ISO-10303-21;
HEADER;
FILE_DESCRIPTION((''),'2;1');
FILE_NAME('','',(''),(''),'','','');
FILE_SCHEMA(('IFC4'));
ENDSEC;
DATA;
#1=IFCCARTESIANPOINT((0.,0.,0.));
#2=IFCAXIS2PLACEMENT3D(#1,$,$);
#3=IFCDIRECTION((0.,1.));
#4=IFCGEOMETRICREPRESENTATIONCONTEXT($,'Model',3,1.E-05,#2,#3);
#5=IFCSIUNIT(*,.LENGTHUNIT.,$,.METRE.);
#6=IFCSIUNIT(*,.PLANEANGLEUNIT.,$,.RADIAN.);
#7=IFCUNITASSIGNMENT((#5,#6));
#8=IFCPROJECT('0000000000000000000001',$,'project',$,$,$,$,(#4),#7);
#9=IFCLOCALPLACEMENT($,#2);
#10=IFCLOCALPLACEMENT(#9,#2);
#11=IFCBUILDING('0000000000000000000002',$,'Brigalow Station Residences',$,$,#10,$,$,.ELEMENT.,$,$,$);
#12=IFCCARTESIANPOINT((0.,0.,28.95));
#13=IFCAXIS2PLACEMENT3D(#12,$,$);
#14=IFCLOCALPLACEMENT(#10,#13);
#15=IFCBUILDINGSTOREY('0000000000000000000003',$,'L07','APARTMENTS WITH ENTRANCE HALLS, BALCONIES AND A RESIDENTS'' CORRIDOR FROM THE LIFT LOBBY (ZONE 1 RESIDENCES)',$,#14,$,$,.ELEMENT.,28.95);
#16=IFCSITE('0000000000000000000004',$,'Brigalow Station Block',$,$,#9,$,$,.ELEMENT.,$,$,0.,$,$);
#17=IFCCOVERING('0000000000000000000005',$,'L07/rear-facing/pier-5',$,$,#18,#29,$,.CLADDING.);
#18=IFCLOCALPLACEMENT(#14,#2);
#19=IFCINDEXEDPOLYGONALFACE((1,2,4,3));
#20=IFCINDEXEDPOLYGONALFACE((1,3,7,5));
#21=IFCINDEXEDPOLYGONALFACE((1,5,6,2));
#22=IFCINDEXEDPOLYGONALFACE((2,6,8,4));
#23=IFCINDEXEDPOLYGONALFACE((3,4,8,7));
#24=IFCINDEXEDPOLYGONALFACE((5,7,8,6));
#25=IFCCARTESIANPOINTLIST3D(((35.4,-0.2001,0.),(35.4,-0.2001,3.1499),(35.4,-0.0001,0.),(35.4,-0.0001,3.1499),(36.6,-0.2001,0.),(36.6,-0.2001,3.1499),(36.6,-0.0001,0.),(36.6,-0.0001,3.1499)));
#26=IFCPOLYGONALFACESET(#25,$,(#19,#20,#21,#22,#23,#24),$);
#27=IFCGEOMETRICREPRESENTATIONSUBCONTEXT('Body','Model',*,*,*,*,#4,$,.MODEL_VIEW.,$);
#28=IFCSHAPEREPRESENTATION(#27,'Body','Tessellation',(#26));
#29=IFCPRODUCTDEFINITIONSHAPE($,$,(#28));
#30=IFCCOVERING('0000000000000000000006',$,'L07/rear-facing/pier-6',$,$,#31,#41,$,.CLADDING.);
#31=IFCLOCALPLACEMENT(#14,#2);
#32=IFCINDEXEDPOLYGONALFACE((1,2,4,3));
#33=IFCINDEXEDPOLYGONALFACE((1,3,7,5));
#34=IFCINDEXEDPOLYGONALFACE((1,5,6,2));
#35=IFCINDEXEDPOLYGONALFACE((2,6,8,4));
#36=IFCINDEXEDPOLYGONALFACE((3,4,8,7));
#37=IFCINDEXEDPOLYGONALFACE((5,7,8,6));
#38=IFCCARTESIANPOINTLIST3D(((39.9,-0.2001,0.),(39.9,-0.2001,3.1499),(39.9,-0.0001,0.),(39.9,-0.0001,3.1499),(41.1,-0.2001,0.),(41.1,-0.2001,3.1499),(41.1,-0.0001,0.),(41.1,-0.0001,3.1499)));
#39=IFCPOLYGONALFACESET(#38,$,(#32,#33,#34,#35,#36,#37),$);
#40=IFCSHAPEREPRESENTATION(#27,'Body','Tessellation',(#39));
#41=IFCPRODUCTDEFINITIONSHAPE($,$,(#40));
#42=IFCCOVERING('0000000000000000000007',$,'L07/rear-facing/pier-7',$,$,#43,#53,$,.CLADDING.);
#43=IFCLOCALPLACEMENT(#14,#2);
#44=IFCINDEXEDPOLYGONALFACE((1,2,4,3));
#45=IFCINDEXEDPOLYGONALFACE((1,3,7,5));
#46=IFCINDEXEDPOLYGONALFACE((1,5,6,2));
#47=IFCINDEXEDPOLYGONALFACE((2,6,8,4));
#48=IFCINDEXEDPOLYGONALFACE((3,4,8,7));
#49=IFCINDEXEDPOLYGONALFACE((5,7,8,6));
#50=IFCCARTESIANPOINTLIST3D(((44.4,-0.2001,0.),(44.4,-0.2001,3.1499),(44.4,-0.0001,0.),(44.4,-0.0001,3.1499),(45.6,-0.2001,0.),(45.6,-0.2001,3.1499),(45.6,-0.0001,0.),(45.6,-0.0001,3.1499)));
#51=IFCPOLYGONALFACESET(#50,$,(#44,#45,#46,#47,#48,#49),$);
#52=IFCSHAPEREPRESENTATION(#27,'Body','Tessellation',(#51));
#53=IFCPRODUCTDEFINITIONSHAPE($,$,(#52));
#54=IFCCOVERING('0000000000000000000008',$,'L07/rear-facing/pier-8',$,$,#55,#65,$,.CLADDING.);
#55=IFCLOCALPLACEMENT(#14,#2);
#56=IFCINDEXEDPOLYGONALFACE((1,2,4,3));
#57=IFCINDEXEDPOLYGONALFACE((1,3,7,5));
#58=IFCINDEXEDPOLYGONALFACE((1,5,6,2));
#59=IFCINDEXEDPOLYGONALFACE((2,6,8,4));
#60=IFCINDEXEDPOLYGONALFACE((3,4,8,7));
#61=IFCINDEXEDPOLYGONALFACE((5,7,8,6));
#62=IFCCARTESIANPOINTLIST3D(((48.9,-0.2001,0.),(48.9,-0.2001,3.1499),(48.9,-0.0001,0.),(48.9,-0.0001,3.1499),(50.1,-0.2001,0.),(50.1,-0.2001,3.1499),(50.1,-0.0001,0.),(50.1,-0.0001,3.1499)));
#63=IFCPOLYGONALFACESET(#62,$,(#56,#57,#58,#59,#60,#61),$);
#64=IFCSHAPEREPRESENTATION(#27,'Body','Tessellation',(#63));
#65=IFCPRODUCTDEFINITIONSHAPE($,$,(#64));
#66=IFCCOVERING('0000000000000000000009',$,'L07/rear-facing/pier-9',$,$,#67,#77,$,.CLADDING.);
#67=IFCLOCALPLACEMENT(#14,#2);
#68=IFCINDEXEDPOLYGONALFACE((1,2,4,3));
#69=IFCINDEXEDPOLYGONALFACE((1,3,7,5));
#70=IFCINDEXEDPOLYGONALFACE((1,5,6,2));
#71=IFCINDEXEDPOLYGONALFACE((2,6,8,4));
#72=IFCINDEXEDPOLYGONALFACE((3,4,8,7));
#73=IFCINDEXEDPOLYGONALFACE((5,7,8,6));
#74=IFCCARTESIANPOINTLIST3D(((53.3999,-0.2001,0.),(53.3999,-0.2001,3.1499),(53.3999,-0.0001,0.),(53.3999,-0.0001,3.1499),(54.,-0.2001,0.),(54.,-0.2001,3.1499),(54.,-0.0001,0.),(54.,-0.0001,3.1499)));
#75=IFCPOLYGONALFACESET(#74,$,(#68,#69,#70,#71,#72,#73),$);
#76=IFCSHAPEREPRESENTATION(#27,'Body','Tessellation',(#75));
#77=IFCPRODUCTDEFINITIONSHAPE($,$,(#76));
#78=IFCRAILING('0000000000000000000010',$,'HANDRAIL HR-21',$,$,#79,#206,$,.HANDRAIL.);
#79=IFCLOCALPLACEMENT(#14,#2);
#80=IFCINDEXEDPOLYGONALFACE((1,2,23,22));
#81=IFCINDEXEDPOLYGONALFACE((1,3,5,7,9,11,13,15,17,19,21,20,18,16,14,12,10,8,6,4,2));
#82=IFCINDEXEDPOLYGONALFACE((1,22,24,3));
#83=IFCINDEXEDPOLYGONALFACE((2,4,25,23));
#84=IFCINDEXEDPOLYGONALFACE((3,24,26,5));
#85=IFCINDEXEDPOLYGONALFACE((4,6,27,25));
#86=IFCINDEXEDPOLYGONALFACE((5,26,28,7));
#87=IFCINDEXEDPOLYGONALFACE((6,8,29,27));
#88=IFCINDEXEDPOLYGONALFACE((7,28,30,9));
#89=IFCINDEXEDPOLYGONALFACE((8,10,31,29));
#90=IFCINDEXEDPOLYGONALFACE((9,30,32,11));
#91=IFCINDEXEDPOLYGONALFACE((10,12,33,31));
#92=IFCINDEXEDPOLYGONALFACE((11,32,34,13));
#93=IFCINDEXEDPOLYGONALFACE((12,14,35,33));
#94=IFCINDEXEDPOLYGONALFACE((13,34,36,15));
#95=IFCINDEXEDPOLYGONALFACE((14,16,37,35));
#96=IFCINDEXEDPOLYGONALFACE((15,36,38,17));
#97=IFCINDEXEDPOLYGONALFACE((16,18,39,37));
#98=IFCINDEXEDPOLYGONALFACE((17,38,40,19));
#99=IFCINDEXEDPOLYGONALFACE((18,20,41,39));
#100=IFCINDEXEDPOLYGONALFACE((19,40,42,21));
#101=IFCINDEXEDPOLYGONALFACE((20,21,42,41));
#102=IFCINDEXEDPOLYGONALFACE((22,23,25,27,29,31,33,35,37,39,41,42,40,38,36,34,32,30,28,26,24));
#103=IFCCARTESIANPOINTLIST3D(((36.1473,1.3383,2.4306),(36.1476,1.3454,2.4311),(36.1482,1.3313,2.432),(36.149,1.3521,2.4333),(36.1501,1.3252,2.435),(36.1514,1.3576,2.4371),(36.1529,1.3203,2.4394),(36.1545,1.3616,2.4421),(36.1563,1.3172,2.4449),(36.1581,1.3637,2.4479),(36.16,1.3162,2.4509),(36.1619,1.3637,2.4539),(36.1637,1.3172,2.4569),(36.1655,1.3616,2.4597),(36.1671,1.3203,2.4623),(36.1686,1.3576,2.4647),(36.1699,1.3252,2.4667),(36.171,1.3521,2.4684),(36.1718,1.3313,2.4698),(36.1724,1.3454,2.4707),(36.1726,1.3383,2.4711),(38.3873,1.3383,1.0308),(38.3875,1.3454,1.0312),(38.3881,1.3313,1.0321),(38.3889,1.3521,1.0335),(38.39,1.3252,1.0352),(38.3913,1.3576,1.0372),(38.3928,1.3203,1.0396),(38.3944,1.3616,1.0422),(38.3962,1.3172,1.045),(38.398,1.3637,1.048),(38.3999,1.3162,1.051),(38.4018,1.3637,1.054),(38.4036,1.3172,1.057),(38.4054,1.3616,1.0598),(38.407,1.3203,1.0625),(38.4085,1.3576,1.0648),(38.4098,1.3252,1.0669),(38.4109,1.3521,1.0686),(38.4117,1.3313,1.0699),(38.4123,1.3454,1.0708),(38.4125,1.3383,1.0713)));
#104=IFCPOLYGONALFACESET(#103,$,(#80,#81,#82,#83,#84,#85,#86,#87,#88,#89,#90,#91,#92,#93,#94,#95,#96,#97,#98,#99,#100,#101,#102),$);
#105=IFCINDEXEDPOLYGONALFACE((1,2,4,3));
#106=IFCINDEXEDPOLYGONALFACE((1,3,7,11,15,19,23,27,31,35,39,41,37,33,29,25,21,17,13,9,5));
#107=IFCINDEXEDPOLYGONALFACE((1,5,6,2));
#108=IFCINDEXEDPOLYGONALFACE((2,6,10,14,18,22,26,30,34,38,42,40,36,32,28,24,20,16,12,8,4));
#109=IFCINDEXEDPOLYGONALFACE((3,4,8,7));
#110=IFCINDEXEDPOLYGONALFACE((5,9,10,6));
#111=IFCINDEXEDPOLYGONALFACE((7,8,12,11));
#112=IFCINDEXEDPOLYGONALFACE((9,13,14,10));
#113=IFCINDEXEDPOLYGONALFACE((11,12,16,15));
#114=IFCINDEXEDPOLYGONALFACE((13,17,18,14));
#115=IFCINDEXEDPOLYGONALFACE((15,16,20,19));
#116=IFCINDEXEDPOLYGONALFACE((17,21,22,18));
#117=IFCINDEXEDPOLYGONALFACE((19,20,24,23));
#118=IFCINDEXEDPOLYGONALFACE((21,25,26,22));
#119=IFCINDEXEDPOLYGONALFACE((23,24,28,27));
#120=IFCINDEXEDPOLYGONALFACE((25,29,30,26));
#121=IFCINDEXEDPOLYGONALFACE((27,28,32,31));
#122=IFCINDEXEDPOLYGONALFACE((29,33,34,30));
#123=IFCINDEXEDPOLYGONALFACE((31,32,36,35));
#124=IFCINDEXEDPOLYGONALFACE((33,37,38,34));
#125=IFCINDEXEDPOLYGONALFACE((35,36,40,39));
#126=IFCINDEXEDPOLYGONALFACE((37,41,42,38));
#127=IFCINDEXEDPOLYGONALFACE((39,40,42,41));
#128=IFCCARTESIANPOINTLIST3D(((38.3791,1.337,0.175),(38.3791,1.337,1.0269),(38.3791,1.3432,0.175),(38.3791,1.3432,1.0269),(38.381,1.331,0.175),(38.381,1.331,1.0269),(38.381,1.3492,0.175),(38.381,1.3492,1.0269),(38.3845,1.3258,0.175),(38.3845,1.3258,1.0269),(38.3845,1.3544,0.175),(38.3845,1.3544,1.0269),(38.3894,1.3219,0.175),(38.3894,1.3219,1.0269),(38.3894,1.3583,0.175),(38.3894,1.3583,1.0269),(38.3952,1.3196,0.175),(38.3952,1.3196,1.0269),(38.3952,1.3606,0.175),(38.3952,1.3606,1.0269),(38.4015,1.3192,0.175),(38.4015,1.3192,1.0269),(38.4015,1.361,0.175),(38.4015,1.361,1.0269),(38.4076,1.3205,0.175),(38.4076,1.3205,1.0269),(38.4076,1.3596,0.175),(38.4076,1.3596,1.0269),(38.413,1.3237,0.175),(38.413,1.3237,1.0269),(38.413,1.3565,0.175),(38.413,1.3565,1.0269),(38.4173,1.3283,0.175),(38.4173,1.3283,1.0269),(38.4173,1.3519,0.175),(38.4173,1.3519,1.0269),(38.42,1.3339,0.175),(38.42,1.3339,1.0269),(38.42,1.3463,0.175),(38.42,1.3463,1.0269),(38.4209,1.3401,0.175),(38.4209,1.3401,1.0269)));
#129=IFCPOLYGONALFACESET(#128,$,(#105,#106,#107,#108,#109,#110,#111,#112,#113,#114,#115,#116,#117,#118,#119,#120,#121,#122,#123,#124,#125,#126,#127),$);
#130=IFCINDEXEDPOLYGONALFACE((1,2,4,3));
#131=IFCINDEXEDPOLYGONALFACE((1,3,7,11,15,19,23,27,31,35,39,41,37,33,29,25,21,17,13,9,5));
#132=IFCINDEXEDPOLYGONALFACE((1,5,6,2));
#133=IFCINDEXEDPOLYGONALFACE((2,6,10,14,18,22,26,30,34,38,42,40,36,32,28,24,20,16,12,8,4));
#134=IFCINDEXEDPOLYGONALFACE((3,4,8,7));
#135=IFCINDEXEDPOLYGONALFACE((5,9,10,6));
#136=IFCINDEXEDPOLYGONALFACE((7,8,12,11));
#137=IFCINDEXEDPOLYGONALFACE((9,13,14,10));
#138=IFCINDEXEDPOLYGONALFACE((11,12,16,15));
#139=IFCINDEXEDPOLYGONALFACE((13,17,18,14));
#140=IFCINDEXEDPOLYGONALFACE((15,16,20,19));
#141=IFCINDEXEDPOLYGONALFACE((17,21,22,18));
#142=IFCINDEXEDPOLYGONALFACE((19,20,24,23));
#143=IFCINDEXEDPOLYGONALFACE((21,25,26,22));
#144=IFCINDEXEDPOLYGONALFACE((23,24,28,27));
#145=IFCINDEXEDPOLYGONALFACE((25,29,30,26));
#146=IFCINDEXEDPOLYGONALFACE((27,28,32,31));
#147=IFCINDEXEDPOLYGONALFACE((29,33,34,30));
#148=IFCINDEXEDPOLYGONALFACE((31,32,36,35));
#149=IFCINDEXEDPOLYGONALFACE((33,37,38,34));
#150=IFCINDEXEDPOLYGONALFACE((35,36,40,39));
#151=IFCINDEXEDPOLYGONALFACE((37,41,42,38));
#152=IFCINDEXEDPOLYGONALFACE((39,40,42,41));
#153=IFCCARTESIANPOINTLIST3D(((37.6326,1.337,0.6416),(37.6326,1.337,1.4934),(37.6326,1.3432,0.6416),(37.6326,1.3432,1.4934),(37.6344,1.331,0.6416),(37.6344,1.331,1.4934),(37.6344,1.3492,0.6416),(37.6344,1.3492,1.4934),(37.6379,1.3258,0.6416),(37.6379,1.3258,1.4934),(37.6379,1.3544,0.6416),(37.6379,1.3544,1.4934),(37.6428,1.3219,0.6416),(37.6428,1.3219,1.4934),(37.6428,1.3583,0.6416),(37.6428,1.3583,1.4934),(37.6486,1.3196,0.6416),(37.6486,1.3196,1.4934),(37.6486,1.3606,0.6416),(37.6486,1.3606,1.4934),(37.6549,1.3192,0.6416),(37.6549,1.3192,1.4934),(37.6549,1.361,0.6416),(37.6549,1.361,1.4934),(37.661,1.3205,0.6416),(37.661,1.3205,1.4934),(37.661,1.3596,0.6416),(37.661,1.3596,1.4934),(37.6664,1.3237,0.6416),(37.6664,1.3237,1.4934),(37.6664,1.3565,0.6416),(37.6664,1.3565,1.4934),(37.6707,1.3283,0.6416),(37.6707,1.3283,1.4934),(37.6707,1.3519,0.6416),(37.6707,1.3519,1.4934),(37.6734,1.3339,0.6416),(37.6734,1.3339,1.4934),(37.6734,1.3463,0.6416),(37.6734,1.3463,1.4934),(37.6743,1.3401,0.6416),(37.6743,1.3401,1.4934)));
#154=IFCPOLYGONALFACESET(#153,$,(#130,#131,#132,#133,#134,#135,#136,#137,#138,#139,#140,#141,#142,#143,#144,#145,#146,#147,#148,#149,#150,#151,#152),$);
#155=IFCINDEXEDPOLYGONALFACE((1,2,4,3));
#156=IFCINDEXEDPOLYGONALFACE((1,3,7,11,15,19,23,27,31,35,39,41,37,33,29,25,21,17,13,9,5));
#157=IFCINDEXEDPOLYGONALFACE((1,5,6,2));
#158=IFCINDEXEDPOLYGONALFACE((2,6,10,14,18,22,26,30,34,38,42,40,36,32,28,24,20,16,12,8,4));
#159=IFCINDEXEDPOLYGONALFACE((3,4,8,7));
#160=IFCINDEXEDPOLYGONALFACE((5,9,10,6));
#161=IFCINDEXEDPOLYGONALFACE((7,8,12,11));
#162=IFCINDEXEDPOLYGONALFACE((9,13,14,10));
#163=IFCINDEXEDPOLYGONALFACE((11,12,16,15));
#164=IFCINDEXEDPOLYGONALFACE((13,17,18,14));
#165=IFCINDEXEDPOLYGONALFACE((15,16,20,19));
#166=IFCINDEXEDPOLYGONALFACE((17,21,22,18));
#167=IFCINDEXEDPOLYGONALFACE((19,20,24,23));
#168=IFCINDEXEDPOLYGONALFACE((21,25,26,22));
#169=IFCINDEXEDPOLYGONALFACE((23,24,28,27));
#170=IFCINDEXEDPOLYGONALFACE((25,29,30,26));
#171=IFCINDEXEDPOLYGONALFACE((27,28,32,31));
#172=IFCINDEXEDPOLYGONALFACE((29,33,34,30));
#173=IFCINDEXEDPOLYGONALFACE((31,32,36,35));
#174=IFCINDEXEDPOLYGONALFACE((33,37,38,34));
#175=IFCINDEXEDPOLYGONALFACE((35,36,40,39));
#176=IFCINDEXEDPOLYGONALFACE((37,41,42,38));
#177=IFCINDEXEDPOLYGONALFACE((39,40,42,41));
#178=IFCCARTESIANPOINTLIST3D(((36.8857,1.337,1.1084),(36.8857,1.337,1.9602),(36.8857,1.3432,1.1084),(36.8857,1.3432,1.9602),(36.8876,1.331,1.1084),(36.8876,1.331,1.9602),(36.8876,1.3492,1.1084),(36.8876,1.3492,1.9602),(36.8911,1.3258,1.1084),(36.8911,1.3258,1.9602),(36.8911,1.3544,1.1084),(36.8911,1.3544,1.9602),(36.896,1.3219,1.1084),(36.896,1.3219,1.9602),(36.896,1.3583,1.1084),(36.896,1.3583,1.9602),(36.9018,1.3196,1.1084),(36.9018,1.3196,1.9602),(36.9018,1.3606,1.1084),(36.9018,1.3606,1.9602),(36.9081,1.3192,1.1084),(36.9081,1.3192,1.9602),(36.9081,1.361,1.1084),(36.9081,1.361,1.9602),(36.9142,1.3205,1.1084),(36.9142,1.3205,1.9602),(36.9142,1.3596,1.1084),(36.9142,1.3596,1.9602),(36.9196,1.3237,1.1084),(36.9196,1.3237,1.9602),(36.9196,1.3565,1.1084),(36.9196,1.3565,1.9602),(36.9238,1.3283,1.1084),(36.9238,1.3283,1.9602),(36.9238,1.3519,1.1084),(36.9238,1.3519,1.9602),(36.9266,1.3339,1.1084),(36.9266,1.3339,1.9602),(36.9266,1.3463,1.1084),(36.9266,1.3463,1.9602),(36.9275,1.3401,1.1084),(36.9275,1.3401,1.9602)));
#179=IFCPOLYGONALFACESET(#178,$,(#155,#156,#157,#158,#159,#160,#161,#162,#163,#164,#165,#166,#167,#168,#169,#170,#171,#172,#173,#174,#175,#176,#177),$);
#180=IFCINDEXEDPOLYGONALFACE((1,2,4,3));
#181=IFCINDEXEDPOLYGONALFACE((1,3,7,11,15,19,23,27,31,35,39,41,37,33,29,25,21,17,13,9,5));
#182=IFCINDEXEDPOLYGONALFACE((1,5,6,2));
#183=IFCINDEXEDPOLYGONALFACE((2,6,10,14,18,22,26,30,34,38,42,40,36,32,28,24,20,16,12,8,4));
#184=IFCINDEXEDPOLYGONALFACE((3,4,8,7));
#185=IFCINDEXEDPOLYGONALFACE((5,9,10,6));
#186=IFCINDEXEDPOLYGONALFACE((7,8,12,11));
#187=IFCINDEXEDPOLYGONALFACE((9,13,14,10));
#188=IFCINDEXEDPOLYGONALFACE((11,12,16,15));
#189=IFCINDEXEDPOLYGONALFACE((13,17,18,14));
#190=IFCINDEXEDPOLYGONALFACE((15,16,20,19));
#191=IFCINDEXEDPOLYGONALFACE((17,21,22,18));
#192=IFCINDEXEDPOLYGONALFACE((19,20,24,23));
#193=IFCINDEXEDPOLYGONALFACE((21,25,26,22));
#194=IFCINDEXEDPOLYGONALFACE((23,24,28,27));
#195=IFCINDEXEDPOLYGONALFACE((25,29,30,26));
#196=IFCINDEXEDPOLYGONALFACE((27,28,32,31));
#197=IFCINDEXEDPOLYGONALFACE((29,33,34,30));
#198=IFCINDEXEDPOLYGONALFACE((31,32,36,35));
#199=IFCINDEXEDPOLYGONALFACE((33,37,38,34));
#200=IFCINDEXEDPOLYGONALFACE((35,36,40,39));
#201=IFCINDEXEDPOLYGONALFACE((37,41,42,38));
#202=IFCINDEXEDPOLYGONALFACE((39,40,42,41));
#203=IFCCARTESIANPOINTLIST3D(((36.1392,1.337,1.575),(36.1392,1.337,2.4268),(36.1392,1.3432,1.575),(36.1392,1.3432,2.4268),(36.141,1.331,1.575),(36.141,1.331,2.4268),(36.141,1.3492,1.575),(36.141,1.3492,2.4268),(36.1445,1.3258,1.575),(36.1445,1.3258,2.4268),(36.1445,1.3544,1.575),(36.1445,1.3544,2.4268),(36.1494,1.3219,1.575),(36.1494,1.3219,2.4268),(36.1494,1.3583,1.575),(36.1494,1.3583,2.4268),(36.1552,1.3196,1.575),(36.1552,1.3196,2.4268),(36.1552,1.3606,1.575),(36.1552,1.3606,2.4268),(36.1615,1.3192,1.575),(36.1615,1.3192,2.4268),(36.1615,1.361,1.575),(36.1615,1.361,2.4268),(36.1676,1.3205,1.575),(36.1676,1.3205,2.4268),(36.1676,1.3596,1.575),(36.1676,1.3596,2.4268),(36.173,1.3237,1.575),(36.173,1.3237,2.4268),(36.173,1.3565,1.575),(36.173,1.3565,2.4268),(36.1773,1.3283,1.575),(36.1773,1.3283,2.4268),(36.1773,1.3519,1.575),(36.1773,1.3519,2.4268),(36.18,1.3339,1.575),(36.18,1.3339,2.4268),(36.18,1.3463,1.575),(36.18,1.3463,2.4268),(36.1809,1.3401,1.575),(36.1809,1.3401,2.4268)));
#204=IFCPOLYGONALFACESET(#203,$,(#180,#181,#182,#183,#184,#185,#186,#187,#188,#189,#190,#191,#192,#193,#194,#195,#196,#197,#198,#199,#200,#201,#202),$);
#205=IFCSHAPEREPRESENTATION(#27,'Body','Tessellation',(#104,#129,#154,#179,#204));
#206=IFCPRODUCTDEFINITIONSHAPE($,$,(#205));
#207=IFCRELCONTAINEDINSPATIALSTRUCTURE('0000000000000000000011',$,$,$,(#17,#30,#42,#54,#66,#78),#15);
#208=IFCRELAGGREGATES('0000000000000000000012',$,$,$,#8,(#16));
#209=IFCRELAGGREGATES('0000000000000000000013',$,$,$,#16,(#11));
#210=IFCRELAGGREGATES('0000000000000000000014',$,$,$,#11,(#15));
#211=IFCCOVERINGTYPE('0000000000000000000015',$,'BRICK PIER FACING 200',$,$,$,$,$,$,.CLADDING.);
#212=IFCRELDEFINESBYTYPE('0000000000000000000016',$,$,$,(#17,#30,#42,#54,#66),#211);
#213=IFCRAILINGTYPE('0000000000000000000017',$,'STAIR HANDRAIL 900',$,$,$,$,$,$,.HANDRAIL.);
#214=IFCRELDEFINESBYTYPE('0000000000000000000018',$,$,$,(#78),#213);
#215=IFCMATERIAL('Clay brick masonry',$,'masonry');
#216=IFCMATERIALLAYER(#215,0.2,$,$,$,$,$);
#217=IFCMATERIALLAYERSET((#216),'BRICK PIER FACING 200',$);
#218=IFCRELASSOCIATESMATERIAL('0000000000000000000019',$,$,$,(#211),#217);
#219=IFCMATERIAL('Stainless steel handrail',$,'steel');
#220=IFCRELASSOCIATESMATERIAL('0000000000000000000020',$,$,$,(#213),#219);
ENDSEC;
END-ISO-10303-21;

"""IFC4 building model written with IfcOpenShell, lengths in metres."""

from ifc_helpers import new_model, si_unit, direction, frame, origin, origin_2d, place, context, subcontext, project, spatial, rectangle, circle, extrude, material, layer, layer_set, type_object, element, save


model = new_model("IFC4")

# Units and contexts
model_context = context("Model", 3, precision=1e-05, world=origin(), true_north=direction((0.0, 1.0)))
body_context = subcontext(model_context, "Body", "Model", "MODEL_VIEW")
ifc_project = project(units=[si_unit("LENGTHUNIT", "METRE"), si_unit("PLANEANGLEUNIT", "RADIAN")], contexts=[model_context])

# Site, building, storey
site_placement = place(None, origin())
site = spatial("IfcSite", under=ifc_project, at=site_placement, Name="Brigalow Station Block", CompositionType="ELEMENT", RefElevation=0.0)
building_placement = place(site_placement, origin())
building = spatial("IfcBuilding", under=site, at=building_placement, Name="Brigalow Station Residences", CompositionType="ELEMENT")
storey_placement = place(building_placement, frame((0.0, 0.0, 28.95)))
storey = spatial("IfcBuildingStorey", under=building, at=storey_placement, Name="L07", Description="APARTMENTS WITH ENTRANCE HALLS, BALCONIES AND A RESIDENTS' CORRIDOR FROM THE LIFT LOBBY (ZONE 1 RESIDENCES)", CompositionType="ELEMENT", Elevation=28.95)

# Coverings
ifc_material_1 = material(Name="Clay brick masonry", Category="masonry")
ifc_layer_1 = layer(ifc_material_1, 0.2)
ifc_layer_set_1 = layer_set([ifc_layer_1], Name="BRICK PIER FACING 200")
covering_type_1 = type_object("IfcCoveringType", Name="BRICK PIER FACING 200", PredefinedType="CLADDING", material=ifc_layer_set_1)
for number, where, z_axis, x_axis, name in (
    (1, (36.0, -0.1001, 0.0), (0.0, 0.0, 1.0), (1.0, 0.0, 0.0), "L07/rear-facing/pier-5"),
    (2, (40.5, -0.1001, 0.0), (0.0, 0.0, 1.0), (1.0, 0.0, 0.0), "L07/rear-facing/pier-6"),
    (3, (45.0, -0.1001, 0.0), (0.0, 0.0, 1.0), (1.0, 0.0, 0.0), "L07/rear-facing/pier-7"),
    (4, (49.5, -0.1001, 0.0), (0.0, 0.0, 1.0), (1.0, 0.0, 0.0), "L07/rear-facing/pier-8"),
):
    element("IfcCovering", number, at=place(storey_placement, frame(where, z_axis=z_axis, x_axis=x_axis)), inside=storey, type_object=covering_type_1, Name=name, PredefinedType="CLADDING", context=body_context, shape_type="SweptSolid", body=[
        extrude(rectangle(XDim=1.2, YDim=0.2, at=origin_2d()), origin(), (0.0, 0.0, 1.0), 3.1499),
    ])
covering_placement = place(storey_placement, frame((53.7, -0.1001, 0.0), z_axis=(0.0, 0.0, 1.0), x_axis=(1.0, 0.0, 0.0)))
element("IfcCovering", 5, at=covering_placement, inside=storey, type_object=covering_type_1, Name="L07/rear-facing/pier-9", PredefinedType="CLADDING", context=body_context, shape_type="SweptSolid", body=[
    extrude(rectangle(XDim=0.6001, YDim=0.2, at=origin_2d()), origin(), (0.0, 0.0, 1.0), 3.1499),
])

# Railing
ifc_material_2 = material(Name="Stainless steel handrail", Category="steel")
railing_type_1 = type_object("IfcRailingType", Name="STAIR HANDRAIL 900", PredefinedType="HANDRAIL", material=ifc_material_2)
railing_1_placement = place(storey_placement, frame((38.3999, 1.3401, 0.175)))
element("IfcRailing", 6, at=railing_1_placement, inside=storey, type_object=railing_type_1, Name="HANDRAIL HR-21", PredefinedType="HANDRAIL", context=body_context, shape_type="SweptSolid", body=[
    extrude(circle(Radius=0.0239, at=origin_2d()), frame((0.0, 0.0, 0.876), z_axis=(-0.848014, 0.0, 0.529974), x_axis=(0.0, -1.0, 0.0)), (0.0, 0.0, 1.0), 2.6414),
    extrude(circle(Radius=0.021, at=origin_2d()), origin(), (0.0, 0.0, 1.0), 0.8518),
    extrude(circle(Radius=0.021, at=origin_2d()), frame((-0.7466, 0.0, 0.4666)), (0.0, 0.0, 1.0), 0.8518),
    extrude(circle(Radius=0.021, at=origin_2d()), frame((-1.4934, 0.0, 0.9333)), (0.0, 0.0, 1.0), 0.8518),
    extrude(circle(Radius=0.021, at=origin_2d()), frame((-2.24, 0.0, 1.3999)), (0.0, 0.0, 1.0), 0.8518),
])

save(model, "model.ifc")
